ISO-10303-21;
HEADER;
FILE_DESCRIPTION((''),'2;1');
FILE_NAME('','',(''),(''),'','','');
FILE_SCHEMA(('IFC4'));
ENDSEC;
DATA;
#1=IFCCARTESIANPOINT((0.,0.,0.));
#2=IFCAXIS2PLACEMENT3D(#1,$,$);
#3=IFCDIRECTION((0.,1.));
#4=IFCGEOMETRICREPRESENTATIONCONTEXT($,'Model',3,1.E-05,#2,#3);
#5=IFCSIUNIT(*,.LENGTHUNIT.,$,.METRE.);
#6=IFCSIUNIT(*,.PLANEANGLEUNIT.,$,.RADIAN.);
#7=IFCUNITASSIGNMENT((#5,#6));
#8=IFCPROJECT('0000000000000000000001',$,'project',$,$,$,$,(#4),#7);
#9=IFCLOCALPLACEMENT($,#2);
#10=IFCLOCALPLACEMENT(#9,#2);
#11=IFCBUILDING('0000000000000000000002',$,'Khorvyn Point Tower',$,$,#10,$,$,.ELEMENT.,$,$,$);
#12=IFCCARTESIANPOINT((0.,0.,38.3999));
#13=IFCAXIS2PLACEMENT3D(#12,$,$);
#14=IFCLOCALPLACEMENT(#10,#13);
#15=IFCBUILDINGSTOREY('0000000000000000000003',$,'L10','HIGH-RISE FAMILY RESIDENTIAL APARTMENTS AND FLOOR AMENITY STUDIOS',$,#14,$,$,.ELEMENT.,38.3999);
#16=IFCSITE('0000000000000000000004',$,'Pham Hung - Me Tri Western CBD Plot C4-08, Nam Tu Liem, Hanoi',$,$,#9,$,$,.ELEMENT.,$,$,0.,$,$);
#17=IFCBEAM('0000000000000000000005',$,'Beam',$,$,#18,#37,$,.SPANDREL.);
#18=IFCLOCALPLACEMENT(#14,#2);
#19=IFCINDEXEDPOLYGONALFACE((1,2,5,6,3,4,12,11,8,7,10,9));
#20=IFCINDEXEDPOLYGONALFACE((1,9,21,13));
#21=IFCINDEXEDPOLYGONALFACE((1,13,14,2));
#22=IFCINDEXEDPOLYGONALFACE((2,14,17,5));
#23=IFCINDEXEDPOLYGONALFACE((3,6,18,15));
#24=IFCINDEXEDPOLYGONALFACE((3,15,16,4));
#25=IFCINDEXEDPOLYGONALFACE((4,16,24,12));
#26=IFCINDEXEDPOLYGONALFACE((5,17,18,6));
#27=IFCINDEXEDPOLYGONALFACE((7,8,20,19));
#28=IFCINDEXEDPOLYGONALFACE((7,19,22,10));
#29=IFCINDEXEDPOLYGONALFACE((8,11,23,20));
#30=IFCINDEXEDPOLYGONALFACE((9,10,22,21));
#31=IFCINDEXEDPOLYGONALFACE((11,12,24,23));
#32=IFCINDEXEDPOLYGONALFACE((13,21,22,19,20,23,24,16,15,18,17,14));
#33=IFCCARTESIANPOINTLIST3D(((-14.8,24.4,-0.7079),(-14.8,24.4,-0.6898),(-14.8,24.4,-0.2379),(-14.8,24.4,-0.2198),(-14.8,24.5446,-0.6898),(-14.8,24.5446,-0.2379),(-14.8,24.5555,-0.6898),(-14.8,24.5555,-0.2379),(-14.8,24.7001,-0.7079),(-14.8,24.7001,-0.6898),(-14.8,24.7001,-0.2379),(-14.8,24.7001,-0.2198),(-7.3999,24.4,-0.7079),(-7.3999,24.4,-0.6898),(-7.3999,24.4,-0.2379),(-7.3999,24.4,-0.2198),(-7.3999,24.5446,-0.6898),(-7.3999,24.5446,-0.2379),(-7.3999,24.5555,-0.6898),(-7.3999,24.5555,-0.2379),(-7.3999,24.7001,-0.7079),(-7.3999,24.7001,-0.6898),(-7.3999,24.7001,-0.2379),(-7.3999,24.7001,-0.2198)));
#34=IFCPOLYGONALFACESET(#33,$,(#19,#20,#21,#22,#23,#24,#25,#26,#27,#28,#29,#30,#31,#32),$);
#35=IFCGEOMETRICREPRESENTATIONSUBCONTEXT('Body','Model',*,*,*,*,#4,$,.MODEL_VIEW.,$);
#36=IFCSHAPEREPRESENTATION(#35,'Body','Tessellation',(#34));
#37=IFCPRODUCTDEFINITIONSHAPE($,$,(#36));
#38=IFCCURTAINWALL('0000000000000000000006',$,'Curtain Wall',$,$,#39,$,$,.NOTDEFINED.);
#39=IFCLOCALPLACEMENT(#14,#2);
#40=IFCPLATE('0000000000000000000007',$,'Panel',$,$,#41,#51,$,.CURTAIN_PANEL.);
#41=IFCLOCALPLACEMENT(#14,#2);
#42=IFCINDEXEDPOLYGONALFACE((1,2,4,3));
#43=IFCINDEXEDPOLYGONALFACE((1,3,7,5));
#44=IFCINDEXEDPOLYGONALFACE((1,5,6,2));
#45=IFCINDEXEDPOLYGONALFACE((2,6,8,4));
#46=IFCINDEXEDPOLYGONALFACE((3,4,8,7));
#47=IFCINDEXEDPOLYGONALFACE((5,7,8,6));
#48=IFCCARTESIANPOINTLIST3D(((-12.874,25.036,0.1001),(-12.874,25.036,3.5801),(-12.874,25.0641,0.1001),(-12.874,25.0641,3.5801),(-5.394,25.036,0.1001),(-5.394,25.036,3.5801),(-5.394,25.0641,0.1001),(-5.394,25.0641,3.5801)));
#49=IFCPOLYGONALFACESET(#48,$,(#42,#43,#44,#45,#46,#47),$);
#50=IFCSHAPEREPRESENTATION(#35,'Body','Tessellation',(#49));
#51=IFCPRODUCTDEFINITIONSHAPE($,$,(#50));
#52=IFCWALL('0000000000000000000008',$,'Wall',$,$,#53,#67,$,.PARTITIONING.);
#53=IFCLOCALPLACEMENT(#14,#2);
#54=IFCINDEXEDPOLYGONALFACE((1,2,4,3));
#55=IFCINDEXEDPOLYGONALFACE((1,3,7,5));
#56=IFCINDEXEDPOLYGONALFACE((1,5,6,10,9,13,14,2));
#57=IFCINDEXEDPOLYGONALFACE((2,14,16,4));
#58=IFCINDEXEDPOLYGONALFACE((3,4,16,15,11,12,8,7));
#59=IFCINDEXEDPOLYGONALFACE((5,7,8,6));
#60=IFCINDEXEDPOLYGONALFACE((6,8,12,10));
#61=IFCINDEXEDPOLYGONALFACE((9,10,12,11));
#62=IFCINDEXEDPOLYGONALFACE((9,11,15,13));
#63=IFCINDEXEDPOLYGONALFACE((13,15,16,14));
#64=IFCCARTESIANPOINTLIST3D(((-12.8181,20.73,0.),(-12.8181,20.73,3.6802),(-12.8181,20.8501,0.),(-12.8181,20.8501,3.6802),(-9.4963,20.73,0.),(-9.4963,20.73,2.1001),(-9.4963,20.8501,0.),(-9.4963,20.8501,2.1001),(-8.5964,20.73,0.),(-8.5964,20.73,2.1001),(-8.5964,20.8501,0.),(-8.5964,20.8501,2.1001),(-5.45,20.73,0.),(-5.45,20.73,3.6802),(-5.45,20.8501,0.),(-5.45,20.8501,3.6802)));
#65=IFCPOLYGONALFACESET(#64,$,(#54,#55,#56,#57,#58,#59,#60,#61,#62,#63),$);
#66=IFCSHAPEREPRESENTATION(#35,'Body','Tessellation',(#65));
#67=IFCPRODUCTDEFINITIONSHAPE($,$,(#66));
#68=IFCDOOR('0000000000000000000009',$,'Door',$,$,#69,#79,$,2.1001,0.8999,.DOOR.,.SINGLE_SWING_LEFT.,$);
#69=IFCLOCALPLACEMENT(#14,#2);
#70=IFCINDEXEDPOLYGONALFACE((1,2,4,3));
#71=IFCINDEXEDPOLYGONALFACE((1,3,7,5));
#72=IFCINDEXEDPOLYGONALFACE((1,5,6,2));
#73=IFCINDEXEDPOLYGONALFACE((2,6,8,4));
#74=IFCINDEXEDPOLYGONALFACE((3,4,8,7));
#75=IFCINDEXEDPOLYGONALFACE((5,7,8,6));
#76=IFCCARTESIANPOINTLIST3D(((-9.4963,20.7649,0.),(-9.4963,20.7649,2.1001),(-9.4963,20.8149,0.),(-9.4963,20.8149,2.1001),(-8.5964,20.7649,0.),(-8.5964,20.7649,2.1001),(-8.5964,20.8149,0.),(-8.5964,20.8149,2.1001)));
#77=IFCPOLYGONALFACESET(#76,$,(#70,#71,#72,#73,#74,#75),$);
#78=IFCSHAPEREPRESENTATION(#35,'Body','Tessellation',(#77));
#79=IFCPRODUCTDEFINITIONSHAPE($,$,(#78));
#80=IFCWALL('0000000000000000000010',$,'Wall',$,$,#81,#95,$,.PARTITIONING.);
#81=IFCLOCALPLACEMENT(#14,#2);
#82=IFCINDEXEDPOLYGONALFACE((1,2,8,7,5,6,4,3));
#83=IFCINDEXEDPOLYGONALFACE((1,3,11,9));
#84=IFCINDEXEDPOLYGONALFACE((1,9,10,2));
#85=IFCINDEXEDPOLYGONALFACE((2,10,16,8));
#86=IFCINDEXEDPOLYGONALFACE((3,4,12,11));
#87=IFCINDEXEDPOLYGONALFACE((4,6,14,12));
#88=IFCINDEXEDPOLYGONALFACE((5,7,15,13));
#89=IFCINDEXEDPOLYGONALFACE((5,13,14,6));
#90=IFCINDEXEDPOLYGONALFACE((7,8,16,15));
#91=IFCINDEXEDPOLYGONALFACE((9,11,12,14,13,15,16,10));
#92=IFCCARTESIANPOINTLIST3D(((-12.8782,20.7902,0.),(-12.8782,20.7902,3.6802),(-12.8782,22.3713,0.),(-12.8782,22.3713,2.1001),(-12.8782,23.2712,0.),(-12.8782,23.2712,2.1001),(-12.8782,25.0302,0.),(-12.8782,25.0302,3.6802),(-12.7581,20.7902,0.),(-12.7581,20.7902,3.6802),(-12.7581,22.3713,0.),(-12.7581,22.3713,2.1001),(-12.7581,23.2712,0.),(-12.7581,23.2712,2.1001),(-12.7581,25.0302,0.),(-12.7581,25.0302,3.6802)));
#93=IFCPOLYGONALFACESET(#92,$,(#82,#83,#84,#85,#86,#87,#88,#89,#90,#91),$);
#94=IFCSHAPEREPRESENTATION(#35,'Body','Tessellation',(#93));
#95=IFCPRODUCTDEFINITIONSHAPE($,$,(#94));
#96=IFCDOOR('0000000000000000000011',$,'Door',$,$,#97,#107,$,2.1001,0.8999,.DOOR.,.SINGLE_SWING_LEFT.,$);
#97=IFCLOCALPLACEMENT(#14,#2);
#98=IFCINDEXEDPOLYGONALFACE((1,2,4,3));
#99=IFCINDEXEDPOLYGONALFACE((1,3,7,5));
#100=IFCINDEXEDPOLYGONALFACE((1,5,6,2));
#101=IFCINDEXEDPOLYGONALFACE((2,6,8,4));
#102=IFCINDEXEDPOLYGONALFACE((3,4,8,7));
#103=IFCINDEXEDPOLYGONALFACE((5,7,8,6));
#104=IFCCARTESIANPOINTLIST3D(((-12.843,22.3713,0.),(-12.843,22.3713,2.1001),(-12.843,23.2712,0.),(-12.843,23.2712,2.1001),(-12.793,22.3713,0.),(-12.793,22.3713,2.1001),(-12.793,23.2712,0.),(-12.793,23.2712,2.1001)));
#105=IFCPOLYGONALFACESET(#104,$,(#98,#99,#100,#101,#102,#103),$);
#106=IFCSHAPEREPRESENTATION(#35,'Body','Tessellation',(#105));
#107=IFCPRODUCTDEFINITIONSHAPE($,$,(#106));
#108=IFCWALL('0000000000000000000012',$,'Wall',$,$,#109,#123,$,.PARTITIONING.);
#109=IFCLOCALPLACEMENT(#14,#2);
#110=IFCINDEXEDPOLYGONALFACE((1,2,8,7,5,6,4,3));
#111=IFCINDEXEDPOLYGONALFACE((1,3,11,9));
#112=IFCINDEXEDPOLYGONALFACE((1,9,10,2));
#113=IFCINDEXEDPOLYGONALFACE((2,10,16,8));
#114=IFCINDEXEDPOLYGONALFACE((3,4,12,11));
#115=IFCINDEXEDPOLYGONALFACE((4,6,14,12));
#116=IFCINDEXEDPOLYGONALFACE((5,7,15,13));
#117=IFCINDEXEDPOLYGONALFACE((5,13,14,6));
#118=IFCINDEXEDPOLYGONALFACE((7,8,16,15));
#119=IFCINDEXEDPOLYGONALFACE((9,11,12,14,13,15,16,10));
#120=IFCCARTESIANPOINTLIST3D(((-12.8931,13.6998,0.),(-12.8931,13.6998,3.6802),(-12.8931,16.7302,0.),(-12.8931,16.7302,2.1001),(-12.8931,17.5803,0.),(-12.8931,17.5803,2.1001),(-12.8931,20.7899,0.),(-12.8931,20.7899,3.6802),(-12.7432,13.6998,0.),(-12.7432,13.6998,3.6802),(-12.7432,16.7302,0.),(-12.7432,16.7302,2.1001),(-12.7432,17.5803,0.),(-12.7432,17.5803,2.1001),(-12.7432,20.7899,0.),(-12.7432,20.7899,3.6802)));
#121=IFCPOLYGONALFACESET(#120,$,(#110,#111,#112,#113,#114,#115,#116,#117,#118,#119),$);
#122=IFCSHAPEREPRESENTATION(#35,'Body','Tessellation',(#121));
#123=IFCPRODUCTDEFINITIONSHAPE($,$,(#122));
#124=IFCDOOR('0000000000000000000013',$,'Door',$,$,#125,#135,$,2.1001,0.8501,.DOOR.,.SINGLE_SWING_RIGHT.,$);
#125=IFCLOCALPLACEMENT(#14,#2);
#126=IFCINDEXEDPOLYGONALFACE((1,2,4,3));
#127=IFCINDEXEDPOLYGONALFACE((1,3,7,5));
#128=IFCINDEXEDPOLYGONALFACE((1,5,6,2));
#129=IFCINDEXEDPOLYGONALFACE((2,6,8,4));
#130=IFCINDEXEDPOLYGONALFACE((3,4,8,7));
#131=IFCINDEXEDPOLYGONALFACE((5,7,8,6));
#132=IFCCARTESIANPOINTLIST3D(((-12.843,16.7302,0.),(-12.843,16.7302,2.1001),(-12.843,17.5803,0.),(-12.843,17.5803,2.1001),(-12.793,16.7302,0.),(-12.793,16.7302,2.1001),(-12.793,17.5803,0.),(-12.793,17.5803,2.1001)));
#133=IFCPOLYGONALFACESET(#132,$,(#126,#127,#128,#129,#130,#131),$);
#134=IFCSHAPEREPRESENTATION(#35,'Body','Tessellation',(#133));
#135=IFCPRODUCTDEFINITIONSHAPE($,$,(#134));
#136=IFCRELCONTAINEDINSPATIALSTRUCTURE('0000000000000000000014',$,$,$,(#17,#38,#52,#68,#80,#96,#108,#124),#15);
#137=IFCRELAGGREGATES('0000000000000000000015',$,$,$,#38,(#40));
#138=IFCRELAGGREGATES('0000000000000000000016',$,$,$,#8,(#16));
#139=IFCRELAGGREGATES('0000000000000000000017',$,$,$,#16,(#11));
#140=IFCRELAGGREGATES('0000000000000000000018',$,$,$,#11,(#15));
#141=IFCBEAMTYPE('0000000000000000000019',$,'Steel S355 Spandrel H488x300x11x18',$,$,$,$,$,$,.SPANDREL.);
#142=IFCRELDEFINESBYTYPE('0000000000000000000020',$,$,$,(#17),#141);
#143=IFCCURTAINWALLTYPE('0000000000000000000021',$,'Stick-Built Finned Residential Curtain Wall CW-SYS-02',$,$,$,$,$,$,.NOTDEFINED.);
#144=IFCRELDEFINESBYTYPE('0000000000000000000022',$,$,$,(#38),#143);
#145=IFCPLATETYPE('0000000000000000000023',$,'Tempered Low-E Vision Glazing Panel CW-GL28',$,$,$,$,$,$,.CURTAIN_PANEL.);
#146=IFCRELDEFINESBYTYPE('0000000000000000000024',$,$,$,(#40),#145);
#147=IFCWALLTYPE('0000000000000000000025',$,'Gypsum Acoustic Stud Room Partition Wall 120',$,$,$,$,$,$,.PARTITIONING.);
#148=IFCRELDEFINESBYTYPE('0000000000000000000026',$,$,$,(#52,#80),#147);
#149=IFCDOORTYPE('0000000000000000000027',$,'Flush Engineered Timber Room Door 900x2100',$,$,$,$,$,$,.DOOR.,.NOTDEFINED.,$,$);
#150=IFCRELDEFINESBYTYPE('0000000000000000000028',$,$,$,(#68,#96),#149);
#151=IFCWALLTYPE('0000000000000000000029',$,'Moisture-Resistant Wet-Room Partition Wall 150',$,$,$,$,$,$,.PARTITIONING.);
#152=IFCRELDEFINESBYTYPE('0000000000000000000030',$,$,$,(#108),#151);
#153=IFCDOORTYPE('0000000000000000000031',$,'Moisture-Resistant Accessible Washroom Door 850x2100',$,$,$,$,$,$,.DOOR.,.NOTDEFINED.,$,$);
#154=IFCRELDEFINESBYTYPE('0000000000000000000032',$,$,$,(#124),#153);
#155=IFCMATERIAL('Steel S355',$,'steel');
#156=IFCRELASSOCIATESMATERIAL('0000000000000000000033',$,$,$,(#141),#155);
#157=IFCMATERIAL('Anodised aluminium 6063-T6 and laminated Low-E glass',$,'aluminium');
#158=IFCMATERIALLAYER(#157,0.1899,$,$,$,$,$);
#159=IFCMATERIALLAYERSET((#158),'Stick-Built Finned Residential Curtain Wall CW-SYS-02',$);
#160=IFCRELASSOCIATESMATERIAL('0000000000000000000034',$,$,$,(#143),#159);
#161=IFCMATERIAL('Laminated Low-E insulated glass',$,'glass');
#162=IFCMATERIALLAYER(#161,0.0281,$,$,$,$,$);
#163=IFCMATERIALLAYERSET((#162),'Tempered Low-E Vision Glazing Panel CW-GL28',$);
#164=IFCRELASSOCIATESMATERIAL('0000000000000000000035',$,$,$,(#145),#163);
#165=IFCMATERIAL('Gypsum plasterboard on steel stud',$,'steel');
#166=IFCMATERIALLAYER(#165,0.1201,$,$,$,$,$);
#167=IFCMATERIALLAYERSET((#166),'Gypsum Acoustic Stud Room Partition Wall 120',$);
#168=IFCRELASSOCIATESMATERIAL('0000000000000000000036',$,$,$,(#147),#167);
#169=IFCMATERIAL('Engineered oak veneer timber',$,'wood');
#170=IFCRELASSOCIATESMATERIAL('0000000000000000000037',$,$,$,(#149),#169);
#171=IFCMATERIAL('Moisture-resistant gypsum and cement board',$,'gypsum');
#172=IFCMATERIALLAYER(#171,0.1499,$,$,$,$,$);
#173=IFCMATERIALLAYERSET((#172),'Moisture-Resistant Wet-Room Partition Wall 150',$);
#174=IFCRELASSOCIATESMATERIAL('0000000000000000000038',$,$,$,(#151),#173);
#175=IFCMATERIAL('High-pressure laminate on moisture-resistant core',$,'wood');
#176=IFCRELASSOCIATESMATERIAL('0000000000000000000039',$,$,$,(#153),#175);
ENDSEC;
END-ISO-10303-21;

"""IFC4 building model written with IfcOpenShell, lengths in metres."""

from ifc_helpers import new_model, si_unit, direction, frame, frame_2d, origin, origin_2d, place, context, subcontext, project, spatial, rectangle, i_section, extrude, material, layer, layer_set, material_profile, profile_set, type_object, element, fill, aggregate, save


model = new_model("IFC4")

# Units and contexts
model_context = context("Model", 3, precision=1e-05, world=origin(), true_north=direction((0.0, 1.0)))
body_context = subcontext(model_context, "Body", "Model", "MODEL_VIEW")
ifc_project = project(units=[si_unit("LENGTHUNIT", "METRE"), si_unit("PLANEANGLEUNIT", "RADIAN")], contexts=[model_context])

# Site, building, storey
site_placement = place(None, origin())
site = spatial("IfcSite", under=ifc_project, at=site_placement, Name="Pham Hung - Me Tri Western CBD Plot C4-08, Nam Tu Liem, Hanoi", CompositionType="ELEMENT", RefElevation=0.0)
building_placement = place(site_placement, origin())
building = spatial("IfcBuilding", under=site, at=building_placement, Name="Khorvyn Point Tower", CompositionType="ELEMENT")
storey_placement = place(building_placement, frame((0.0, 0.0, 38.3999)))
storey = spatial("IfcBuildingStorey", under=building, at=storey_placement, Name="L10", Description="HIGH-RISE FAMILY RESIDENTIAL APARTMENTS AND FLOOR AMENITY STUDIOS", CompositionType="ELEMENT", Elevation=38.3999)

# Beam
ifc_material_1 = material(Name="Steel S355", Category="steel")
ifc_material_profile_1 = material_profile(ifc_material_1, i_section(OverallWidth=0.3, OverallDepth=0.488, WebThickness=0.011, FlangeThickness=0.0181, at=origin_2d()))
ifc_profile_set_1 = profile_set([ifc_material_profile_1], Name="Steel S355 H488x300x11x18")
beam_type_1 = type_object("IfcBeamType", Name="Steel S355 Spandrel H488x300x11x18", PredefinedType="SPANDREL", material=ifc_profile_set_1)
beam_1_placement = place(storey_placement, frame((-14.8, 24.55, -0.4639), z_axis=(1.0, 0.0, 0.0), x_axis=(0.0, 1.0, 0.0)))
element("IfcBeam", 1, at=beam_1_placement, inside=storey, type_object=beam_type_1, Name="Beam", PredefinedType="SPANDREL", context=body_context, shape_type="SweptSolid", body=[
    extrude(i_section(OverallWidth=0.3, OverallDepth=0.488, WebThickness=0.011, FlangeThickness=0.0181, at=origin_2d()), origin(), (0.0, 0.0, 1.0), 7.4001),
])

# Curtain wall, plate
ifc_material_2 = material(Name="Anodised aluminium 6063-T6 and laminated Low-E glass", Category="aluminium")
ifc_layer_1 = layer(ifc_material_2, 0.1899)
ifc_layer_set_1 = layer_set([ifc_layer_1], Name="Stick-Built Finned Residential Curtain Wall CW-SYS-02")
curtain_wall_type = type_object("IfcCurtainWallType", Name="Stick-Built Finned Residential Curtain Wall CW-SYS-02", PredefinedType="NOTDEFINED", material=ifc_layer_set_1)
curtain_wall_placement = place(storey_placement, origin())
curtain_wall = element("IfcCurtainWall", 2, at=curtain_wall_placement, inside=storey, type_object=curtain_wall_type, Name="Curtain Wall", PredefinedType="NOTDEFINED")
ifc_material_3 = material(Name="Laminated Low-E insulated glass", Category="glass")
ifc_layer_2 = layer(ifc_material_3, 0.0281)
ifc_layer_set_2 = layer_set([ifc_layer_2], Name="Tempered Low-E Vision Glazing Panel CW-GL28")
plate_type = type_object("IfcPlateType", Name="Tempered Low-E Vision Glazing Panel CW-GL28", PredefinedType="CURTAIN_PANEL", material=ifc_layer_set_2)
plate_placement = place(storey_placement, frame((-9.134, 25.05, 0.1001), z_axis=(0.0, 0.0, 1.0), x_axis=(1.0, 0.0, 0.0)))
plate = element("IfcPlate", 3, at=plate_placement, type_object=plate_type, Name="Panel", PredefinedType="CURTAIN_PANEL", context=body_context, shape_type="SweptSolid", body=[
    extrude(rectangle(XDim=7.48, YDim=0.0281, at=origin_2d()), origin(), (0.0, 0.0, 1.0), 3.48),
])
aggregate(curtain_wall, [plate])

# Walls, openings, doors
ifc_material_4 = material(Name="Gypsum plasterboard on steel stud", Category="steel")
ifc_layer_3 = layer(ifc_material_4, 0.1201)
ifc_layer_set_3 = layer_set([ifc_layer_3], Name="Gypsum Acoustic Stud Room Partition Wall 120")
wall_type_1 = type_object("IfcWallType", Name="Gypsum Acoustic Stud Room Partition Wall 120", PredefinedType="PARTITIONING", material=ifc_layer_set_3)
wall_1_placement = place(storey_placement, frame((-12.8181, 20.79, 0.0), z_axis=(0.0, 0.0, 1.0), x_axis=(1.0, 0.0, 0.0)))
wall_1 = element("IfcWall", 4, at=wall_1_placement, inside=storey, type_object=wall_type_1, Name="Wall", PredefinedType="PARTITIONING", context=body_context, shape_type="SweptSolid", body=[
    extrude(rectangle(XDim=7.3682, YDim=0.1201, at=frame_2d((3.6841, 0.0))), origin(), (0.0, 0.0, 1.0), 3.6802),
])
opening_1_placement = place(wall_1_placement, frame((3.3218, 0.0, 0.0)))
opening_1 = element("IfcOpeningElement", 5, at=opening_1_placement, cuts=wall_1, PredefinedType="OPENING", context=body_context, shape_type="SweptSolid", body=[
    extrude(rectangle(XDim=0.8999, YDim=2.1001, at=frame_2d((0.45, 1.05))), frame((0.0, 0.0701, 0.0), z_axis=(0.0, -1.0, 0.0), x_axis=(1.0, 0.0, 0.0)), (0.0, 0.0, 1.0), 0.1401),
])
ifc_material_5 = material(Name="Engineered oak veneer timber", Category="wood")
door_type_1 = type_object("IfcDoorType", Name="Flush Engineered Timber Room Door 900x2100", OperationType="NOTDEFINED", PredefinedType="DOOR", material=ifc_material_5)
door_1_placement = place(opening_1_placement, origin())
door_1 = element("IfcDoor", 6, at=door_1_placement, inside=storey, type_object=door_type_1, Name="Door", OperationType="SINGLE_SWING_LEFT", OverallHeight=2.1001, OverallWidth=0.8999, PredefinedType="DOOR", context=body_context, shape_type="SweptSolid", body=[
    extrude(rectangle(XDim=0.8999, YDim=2.1001, at=frame_2d((0.45, 1.05))), frame((0.0, 0.0249, 0.0), z_axis=(0.0, -1.0, 0.0), x_axis=(1.0, 0.0, 0.0)), (0.0, 0.0, 1.0), 0.05),
])
fill(opening_1, door_1)
wall_2_placement = place(storey_placement, frame((-12.8181, 20.79, 0.0), z_axis=(0.0, 0.0, 1.0), x_axis=(0.0, 1.0, 0.0)))
wall_2 = element("IfcWall", 7, at=wall_2_placement, inside=storey, type_object=wall_type_1, Name="Wall", PredefinedType="PARTITIONING", context=body_context, shape_type="SweptSolid", body=[
    extrude(rectangle(XDim=4.24, YDim=0.1201, at=frame_2d((2.1201, 0.0))), origin(), (0.0, 0.0, 1.0), 3.6802),
])
opening_2_placement = place(wall_2_placement, frame((1.5813, 0.0, 0.0)))
opening_2 = element("IfcOpeningElement", 8, at=opening_2_placement, cuts=wall_2, PredefinedType="OPENING", context=body_context, shape_type="SweptSolid", body=[
    extrude(rectangle(XDim=0.8999, YDim=2.1001, at=frame_2d((0.45, 1.05))), frame((0.0, 0.0701, 0.0), z_axis=(0.0, -1.0, 0.0), x_axis=(1.0, 0.0, 0.0)), (0.0, 0.0, 1.0), 0.1401),
])
door_2_placement = place(opening_2_placement, origin())
door_2 = element("IfcDoor", 9, at=door_2_placement, inside=storey, type_object=door_type_1, Name="Door", OperationType="SINGLE_SWING_LEFT", OverallHeight=2.1001, OverallWidth=0.8999, PredefinedType="DOOR", context=body_context, shape_type="SweptSolid", body=[
    extrude(rectangle(XDim=0.8999, YDim=2.1001, at=frame_2d((0.45, 1.05))), frame((0.0, 0.0249, 0.0), z_axis=(0.0, -1.0, 0.0), x_axis=(1.0, 0.0, 0.0)), (0.0, 0.0, 1.0), 0.05),
])
fill(opening_2, door_2)
ifc_material_6 = material(Name="Moisture-resistant gypsum and cement board", Category="gypsum")
ifc_layer_4 = layer(ifc_material_6, 0.1499)
ifc_layer_set_4 = layer_set([ifc_layer_4], Name="Moisture-Resistant Wet-Room Partition Wall 150")
wall_type_2 = type_object("IfcWallType", Name="Moisture-Resistant Wet-Room Partition Wall 150", PredefinedType="PARTITIONING", material=ifc_layer_set_4)
wall_3_placement = place(storey_placement, frame((-12.8181, 13.7, 0.0), z_axis=(0.0, 0.0, 1.0), x_axis=(0.0, 1.0, 0.0)))
wall_3 = element("IfcWall", 10, at=wall_3_placement, inside=storey, type_object=wall_type_2, Name="Wall", PredefinedType="PARTITIONING", context=body_context, shape_type="SweptSolid", body=[
    extrude(rectangle(XDim=7.0901, YDim=0.1499, at=frame_2d((3.5449, 0.0))), origin(), (0.0, 0.0, 1.0), 3.6802),
])
opening_3_placement = place(wall_3_placement, frame((3.0303, 0.0, 0.0)))
opening_3 = element("IfcOpeningElement", 11, at=opening_3_placement, cuts=wall_3, PredefinedType="OPENING", context=body_context, shape_type="SweptSolid", body=[
    extrude(rectangle(XDim=0.8501, YDim=2.1001, at=frame_2d((0.425, 1.05))), frame((0.0, 0.085, 0.0), z_axis=(0.0, -1.0, 0.0), x_axis=(1.0, 0.0, 0.0)), (0.0, 0.0, 1.0), 0.1699),
])
ifc_material_7 = material(Name="High-pressure laminate on moisture-resistant core", Category="wood")
door_type_2 = type_object("IfcDoorType", Name="Moisture-Resistant Accessible Washroom Door 850x2100", OperationType="NOTDEFINED", PredefinedType="DOOR", material=ifc_material_7)
door_3_placement = place(opening_3_placement, origin())
door_3 = element("IfcDoor", 12, at=door_3_placement, inside=storey, type_object=door_type_2, Name="Door", OperationType="SINGLE_SWING_RIGHT", OverallHeight=2.1001, OverallWidth=0.8501, PredefinedType="DOOR", context=body_context, shape_type="SweptSolid", body=[
    extrude(rectangle(XDim=0.8501, YDim=2.1001, at=frame_2d((0.425, 1.05))), frame((0.0, 0.0249, 0.0), z_axis=(0.0, -1.0, 0.0), x_axis=(1.0, 0.0, 0.0)), (0.0, 0.0, 1.0), 0.05),
])
fill(opening_3, door_3)

save(model, "model.ifc")
